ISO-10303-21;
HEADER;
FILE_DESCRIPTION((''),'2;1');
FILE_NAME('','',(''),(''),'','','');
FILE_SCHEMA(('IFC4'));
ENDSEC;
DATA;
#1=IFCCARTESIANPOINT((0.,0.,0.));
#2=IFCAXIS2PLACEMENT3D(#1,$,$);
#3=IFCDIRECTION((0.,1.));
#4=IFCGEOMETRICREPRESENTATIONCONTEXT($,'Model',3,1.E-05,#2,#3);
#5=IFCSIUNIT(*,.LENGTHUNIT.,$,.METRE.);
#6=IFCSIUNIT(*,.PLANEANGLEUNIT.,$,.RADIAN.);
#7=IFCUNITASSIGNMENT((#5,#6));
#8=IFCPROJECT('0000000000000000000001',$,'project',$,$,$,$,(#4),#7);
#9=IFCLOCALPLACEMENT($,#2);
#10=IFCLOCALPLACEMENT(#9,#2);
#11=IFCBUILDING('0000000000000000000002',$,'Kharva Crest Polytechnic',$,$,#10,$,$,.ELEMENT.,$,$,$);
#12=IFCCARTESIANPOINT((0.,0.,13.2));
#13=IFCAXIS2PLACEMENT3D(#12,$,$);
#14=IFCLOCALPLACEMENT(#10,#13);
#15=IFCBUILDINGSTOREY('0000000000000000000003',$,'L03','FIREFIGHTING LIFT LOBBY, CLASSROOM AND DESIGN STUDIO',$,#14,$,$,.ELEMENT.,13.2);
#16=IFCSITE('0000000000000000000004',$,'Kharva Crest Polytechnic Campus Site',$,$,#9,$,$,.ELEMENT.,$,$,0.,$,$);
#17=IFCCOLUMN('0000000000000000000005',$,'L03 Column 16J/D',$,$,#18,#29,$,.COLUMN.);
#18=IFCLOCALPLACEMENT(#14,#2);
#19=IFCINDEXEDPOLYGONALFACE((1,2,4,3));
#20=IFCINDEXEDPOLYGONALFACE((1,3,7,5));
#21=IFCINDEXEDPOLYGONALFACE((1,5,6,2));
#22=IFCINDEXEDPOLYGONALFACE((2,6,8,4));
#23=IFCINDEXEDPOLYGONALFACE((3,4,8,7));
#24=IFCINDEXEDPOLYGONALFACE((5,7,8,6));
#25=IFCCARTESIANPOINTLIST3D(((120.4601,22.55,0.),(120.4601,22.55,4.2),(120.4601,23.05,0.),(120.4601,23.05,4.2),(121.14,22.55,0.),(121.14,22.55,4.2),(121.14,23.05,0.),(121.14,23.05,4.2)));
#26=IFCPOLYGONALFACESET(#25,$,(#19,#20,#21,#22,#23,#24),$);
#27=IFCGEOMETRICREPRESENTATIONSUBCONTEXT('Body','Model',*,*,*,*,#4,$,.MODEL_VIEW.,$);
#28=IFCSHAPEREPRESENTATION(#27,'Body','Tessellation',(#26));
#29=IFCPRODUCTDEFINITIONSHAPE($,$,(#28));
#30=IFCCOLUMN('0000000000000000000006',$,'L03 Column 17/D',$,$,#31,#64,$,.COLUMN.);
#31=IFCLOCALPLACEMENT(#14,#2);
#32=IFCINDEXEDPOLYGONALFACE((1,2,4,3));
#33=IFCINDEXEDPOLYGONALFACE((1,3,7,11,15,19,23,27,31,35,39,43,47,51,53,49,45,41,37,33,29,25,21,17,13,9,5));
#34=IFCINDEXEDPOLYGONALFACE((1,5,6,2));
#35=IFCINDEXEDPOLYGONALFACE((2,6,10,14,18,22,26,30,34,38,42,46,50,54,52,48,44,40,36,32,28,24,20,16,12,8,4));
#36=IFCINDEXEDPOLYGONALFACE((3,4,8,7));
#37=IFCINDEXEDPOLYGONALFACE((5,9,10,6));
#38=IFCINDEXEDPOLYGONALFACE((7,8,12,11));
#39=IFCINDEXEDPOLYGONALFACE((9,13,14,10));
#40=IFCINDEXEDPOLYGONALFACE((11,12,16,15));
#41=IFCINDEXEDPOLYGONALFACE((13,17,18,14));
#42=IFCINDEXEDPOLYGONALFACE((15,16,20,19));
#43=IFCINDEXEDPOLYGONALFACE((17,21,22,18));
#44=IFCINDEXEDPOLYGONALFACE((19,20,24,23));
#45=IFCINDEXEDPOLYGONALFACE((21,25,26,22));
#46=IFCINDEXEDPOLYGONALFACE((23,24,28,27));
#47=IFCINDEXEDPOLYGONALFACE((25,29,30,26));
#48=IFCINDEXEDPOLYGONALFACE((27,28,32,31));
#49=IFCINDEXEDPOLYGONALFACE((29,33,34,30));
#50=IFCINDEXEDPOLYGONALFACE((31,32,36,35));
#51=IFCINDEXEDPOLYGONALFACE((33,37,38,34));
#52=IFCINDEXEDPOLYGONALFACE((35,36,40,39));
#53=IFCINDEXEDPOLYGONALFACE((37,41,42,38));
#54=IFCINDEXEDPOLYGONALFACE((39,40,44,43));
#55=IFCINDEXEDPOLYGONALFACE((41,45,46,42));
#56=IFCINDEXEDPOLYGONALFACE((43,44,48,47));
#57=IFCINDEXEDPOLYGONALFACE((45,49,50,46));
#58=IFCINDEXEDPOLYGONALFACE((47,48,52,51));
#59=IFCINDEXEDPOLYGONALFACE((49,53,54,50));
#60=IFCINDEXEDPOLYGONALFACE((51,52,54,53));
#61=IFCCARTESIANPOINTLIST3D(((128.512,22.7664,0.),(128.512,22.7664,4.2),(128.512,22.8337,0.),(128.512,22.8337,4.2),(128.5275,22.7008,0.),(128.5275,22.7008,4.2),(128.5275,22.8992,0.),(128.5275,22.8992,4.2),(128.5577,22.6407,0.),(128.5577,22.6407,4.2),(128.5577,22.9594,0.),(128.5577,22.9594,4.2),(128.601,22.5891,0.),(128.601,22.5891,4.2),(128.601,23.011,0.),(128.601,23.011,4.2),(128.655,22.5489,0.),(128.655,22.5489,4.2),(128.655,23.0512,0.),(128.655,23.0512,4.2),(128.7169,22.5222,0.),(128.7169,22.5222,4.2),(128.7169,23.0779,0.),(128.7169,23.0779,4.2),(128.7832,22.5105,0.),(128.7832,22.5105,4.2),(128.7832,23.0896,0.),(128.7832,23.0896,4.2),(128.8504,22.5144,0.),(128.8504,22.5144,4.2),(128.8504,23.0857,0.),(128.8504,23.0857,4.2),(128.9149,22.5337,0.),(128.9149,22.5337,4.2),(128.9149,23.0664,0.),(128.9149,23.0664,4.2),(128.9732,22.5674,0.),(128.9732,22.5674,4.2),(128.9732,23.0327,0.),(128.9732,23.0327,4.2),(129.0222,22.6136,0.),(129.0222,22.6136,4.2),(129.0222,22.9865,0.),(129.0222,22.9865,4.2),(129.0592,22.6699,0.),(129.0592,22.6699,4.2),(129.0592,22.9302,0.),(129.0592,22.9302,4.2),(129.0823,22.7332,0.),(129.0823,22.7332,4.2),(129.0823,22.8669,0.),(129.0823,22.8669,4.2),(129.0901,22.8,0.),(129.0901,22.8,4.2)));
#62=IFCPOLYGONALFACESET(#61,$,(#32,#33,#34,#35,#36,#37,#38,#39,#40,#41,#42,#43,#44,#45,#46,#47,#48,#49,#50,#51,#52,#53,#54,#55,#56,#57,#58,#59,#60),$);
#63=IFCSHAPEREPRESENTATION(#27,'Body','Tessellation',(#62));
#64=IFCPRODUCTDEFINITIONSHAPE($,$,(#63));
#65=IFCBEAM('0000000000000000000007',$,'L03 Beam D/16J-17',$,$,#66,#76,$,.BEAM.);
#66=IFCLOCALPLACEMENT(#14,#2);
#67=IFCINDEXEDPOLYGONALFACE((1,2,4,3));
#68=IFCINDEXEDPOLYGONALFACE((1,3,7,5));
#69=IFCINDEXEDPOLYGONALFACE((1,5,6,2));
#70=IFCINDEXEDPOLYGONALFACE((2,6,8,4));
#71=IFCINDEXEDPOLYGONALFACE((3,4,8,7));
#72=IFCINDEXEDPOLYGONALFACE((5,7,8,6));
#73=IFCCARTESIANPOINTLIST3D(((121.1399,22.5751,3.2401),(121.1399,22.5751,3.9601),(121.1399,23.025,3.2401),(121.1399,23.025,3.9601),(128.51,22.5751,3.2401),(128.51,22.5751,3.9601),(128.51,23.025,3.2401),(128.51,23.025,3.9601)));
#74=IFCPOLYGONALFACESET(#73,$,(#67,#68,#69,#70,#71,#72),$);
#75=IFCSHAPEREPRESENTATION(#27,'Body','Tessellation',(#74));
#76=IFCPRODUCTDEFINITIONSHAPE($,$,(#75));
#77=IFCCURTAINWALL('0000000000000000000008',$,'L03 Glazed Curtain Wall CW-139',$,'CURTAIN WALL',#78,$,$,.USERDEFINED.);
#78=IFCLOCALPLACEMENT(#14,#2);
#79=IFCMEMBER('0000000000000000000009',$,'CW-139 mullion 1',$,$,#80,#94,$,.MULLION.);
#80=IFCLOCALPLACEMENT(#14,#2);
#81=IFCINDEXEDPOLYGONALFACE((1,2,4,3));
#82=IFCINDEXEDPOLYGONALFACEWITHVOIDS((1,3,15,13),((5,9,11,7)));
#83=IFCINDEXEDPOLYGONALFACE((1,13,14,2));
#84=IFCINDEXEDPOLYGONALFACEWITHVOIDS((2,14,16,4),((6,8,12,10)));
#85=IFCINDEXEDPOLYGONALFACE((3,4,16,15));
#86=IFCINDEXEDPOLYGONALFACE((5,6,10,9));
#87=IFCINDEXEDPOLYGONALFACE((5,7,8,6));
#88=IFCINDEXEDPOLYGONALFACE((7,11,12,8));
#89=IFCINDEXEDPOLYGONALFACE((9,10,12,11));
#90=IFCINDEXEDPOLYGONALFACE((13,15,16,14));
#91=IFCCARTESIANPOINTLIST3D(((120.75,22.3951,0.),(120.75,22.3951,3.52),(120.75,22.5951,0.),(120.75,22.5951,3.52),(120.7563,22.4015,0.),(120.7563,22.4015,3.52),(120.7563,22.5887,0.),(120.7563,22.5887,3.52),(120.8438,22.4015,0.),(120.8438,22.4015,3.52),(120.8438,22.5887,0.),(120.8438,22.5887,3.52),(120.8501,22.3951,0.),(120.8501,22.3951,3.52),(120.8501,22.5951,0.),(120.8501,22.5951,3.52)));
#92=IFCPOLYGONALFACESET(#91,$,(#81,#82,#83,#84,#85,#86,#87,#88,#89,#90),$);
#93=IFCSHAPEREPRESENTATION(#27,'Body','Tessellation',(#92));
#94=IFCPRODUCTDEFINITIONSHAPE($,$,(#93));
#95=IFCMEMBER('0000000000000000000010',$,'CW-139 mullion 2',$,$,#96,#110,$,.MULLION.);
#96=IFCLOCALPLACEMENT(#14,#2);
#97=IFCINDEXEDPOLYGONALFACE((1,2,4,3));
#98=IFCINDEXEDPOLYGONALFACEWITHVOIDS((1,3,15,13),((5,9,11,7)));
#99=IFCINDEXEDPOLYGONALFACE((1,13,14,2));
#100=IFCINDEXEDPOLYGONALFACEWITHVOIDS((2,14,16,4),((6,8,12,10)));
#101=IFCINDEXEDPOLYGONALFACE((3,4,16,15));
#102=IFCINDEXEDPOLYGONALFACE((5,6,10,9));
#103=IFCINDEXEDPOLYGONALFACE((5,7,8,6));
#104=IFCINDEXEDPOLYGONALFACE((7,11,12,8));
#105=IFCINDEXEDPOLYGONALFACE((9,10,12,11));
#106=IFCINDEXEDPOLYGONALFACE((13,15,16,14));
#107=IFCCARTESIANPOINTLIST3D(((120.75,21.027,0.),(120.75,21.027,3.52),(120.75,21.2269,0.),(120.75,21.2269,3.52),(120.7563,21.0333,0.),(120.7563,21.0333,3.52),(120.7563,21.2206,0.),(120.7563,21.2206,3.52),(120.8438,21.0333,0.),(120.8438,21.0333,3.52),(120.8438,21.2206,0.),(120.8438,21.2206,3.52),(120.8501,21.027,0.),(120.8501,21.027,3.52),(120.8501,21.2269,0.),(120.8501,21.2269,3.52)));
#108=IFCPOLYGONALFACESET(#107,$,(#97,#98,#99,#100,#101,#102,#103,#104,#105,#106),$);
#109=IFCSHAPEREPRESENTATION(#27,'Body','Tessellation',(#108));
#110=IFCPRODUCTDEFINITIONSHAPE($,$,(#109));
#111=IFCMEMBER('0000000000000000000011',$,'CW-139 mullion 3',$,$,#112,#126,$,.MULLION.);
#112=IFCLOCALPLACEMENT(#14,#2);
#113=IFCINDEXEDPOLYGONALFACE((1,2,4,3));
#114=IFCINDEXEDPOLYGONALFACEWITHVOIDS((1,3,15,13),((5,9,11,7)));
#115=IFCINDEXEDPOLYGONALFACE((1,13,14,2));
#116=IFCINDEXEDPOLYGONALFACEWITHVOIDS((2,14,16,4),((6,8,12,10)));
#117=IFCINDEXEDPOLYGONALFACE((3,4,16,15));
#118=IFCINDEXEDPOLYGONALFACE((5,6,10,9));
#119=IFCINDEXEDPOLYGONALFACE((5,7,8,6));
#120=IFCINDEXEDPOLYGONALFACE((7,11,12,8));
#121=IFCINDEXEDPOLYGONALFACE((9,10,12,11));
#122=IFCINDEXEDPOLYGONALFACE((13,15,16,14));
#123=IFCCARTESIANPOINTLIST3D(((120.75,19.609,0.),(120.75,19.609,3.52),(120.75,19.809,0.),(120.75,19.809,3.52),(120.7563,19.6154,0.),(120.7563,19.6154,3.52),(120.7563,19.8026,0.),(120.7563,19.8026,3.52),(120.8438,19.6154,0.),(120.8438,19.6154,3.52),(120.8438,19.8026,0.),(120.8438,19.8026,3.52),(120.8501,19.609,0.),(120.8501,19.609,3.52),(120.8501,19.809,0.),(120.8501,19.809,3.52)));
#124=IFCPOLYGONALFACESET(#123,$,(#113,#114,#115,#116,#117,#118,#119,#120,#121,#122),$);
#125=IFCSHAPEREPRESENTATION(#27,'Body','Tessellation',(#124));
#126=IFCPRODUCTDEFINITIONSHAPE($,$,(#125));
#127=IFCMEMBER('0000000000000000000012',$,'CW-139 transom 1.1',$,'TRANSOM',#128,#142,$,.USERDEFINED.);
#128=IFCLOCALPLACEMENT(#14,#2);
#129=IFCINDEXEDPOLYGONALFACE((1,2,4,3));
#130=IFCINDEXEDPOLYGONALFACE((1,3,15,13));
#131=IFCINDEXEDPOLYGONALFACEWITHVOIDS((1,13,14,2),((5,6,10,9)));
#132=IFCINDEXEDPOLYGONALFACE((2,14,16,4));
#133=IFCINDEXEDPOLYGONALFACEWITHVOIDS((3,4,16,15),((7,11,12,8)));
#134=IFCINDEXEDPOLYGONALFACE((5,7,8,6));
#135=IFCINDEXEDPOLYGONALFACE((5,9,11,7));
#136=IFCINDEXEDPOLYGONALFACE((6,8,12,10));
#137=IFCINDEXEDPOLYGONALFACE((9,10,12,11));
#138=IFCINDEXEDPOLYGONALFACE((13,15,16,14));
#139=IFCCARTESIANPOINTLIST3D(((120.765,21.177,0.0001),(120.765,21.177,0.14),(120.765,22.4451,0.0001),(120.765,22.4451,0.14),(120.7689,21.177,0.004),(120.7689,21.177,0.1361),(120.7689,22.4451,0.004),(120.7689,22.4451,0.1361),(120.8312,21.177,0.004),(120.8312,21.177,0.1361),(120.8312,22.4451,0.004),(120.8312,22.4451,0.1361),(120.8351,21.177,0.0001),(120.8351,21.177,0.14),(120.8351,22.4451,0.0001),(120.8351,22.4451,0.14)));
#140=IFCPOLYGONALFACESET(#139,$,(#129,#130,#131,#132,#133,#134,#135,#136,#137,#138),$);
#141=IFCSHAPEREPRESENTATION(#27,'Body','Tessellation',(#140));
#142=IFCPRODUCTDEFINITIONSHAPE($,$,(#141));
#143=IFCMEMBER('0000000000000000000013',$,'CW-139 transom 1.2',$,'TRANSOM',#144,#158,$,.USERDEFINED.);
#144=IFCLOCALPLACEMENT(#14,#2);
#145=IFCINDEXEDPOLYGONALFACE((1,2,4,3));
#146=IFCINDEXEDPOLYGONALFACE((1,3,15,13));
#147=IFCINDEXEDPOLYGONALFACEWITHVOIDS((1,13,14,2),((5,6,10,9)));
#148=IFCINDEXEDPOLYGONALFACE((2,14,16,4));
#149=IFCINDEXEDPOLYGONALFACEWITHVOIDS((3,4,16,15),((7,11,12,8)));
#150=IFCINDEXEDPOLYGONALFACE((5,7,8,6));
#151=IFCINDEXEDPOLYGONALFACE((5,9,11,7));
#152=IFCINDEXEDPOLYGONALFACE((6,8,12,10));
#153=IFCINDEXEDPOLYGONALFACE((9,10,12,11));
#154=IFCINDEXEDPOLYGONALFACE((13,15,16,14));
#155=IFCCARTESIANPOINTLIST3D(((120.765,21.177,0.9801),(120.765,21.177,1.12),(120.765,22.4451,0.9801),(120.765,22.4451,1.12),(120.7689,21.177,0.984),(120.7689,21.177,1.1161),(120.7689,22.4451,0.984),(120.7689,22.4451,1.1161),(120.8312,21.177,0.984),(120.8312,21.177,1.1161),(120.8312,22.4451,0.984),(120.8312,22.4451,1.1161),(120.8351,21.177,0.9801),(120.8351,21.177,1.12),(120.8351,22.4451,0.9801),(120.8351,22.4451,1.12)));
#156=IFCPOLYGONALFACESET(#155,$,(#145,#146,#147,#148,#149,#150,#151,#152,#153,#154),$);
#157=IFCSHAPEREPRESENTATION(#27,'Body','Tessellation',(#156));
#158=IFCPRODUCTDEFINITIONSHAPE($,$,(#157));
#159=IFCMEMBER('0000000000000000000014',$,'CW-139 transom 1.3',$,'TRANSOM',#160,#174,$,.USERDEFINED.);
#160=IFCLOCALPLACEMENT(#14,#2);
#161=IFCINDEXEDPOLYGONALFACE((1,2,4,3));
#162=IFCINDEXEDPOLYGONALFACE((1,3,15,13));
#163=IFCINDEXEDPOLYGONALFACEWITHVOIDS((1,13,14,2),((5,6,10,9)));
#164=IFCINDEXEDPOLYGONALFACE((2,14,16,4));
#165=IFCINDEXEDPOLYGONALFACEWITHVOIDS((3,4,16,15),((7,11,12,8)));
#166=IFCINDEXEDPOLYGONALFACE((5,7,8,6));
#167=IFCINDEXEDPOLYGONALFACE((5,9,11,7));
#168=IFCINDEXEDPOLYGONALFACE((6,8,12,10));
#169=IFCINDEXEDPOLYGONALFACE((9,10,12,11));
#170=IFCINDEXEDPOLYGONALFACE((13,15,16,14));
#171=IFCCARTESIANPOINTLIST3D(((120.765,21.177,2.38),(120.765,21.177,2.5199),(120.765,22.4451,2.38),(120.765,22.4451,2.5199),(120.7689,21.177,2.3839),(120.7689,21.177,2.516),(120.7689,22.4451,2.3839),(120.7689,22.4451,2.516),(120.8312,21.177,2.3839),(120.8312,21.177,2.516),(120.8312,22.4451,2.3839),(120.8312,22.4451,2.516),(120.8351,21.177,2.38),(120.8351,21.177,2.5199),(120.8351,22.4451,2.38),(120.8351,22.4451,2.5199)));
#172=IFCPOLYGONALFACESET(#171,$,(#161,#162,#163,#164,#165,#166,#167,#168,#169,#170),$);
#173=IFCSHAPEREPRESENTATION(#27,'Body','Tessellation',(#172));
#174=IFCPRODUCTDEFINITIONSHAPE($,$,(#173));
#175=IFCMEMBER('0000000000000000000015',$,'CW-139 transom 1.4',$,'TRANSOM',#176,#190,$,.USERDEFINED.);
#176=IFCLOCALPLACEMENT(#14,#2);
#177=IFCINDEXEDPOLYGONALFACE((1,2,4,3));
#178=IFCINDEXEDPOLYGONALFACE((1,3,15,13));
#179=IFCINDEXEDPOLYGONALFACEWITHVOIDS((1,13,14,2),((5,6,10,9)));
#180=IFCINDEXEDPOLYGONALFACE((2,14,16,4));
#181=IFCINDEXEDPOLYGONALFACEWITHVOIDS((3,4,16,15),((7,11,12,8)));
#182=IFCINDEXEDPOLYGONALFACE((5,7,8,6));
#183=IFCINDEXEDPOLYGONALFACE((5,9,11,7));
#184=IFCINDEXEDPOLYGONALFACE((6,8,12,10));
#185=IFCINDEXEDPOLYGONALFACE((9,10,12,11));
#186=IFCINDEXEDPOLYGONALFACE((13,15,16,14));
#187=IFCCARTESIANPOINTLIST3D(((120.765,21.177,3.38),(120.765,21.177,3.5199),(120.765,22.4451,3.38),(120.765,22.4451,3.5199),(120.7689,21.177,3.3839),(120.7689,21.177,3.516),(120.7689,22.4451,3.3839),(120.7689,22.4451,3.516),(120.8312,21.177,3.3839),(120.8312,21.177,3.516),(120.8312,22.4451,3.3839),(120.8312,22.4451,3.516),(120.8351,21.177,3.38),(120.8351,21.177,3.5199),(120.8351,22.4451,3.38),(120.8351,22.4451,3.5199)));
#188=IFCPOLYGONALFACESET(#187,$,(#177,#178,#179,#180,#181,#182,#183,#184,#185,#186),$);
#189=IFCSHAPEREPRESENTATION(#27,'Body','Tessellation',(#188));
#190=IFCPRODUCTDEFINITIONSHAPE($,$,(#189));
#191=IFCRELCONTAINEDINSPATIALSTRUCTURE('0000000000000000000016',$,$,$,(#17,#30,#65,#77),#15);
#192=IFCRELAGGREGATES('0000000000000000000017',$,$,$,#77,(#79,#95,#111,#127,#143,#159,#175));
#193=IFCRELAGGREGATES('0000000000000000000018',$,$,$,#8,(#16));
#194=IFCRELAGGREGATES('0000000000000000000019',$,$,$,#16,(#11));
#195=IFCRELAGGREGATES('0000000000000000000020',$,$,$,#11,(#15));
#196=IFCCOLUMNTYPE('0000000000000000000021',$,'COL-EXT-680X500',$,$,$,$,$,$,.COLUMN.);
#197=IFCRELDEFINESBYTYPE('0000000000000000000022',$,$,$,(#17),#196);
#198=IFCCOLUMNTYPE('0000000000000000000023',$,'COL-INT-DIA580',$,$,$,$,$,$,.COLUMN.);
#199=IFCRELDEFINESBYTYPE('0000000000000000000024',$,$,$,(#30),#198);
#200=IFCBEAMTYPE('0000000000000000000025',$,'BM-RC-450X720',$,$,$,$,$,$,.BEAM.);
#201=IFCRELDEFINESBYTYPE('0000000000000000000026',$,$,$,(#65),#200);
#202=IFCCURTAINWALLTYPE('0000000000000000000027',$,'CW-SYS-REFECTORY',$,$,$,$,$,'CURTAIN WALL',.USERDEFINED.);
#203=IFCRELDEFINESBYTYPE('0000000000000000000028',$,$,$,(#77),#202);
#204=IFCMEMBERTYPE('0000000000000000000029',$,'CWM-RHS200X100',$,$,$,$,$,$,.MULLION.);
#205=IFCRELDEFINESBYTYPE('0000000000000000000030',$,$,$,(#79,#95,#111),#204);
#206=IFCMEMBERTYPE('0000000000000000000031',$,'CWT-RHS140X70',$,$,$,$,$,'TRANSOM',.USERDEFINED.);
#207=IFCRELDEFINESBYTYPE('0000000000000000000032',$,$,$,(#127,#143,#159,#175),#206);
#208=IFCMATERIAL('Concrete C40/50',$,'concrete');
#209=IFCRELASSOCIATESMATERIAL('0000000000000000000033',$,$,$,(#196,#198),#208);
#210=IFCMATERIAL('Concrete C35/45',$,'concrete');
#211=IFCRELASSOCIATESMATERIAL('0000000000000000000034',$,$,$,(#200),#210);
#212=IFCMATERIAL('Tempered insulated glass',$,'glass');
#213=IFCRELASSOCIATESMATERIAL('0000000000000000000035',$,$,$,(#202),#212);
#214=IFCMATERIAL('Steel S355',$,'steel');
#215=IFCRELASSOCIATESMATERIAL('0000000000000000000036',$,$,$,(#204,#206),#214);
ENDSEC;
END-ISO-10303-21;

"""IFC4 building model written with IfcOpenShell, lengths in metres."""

from ifc_helpers import new_model, si_unit, direction, frame, origin, origin_2d, place, context, subcontext, project, spatial, rectangle, hollow_rectangle, circle, extrude, material, material_profile, profile_set, type_object, element, aggregate, save


model = new_model("IFC4")

# Units and contexts
model_context = context("Model", 3, precision=1e-05, world=origin(), true_north=direction((0.0, 1.0)))
body_context = subcontext(model_context, "Body", "Model", "MODEL_VIEW")
ifc_project = project(units=[si_unit("LENGTHUNIT", "METRE"), si_unit("PLANEANGLEUNIT", "RADIAN")], contexts=[model_context])

# Site, building, storey
site_placement = place(None, origin())
site = spatial("IfcSite", under=ifc_project, at=site_placement, Name="Kharva Crest Polytechnic Campus Site", CompositionType="ELEMENT", RefElevation=0.0)
building_placement = place(site_placement, origin())
building = spatial("IfcBuilding", under=site, at=building_placement, Name="Kharva Crest Polytechnic", CompositionType="ELEMENT")
storey_placement = place(building_placement, frame((0.0, 0.0, 13.2)))
storey = spatial("IfcBuildingStorey", under=building, at=storey_placement, Name="L03", Description="FIREFIGHTING LIFT LOBBY, CLASSROOM AND DESIGN STUDIO", CompositionType="ELEMENT", Elevation=13.2)

# Columns
ifc_material_1 = material(Name="Concrete C40/50", Category="concrete")
ifc_material_profile_1 = material_profile(ifc_material_1, rectangle(XDim=0.6799, YDim=0.5, at=origin_2d()), Name="RECT 680 X 500")
ifc_profile_set_1 = profile_set([ifc_material_profile_1], Name="Concrete C40/50")
column_type_1 = type_object("IfcColumnType", Name="COL-EXT-680X500", PredefinedType="COLUMN", material=ifc_profile_set_1)
column_1_placement = place(storey_placement, frame((120.8, 22.8, 0.0), z_axis=(0.0, 0.0, 1.0), x_axis=(1.0, 0.0, 0.0)))
element("IfcColumn", 1, at=column_1_placement, inside=storey, type_object=column_type_1, Name="L03 Column 16J/D", PredefinedType="COLUMN", context=body_context, shape_type="SweptSolid", body=[
    extrude(rectangle(XDim=0.6799, YDim=0.5, at=origin_2d()), origin(), (0.0, 0.0, 1.0), 4.2),
])
ifc_material_profile_2 = material_profile(ifc_material_1, circle(Radius=0.29, at=origin_2d()), Name="DIA 580")
ifc_profile_set_2 = profile_set([ifc_material_profile_2], Name="Concrete C40/50")
column_type_2 = type_object("IfcColumnType", Name="COL-INT-DIA580", PredefinedType="COLUMN", material=ifc_profile_set_2)
column_2_placement = place(storey_placement, frame((128.8, 22.8, 0.0), z_axis=(0.0, 0.0, 1.0), x_axis=(1.0, 0.0, 0.0)))
element("IfcColumn", 2, at=column_2_placement, inside=storey, type_object=column_type_2, Name="L03 Column 17/D", PredefinedType="COLUMN", context=body_context, shape_type="SweptSolid", body=[
    extrude(circle(Radius=0.29, at=origin_2d()), origin(), (0.0, 0.0, 1.0), 4.2),
])

# Beam
ifc_material_2 = material(Name="Concrete C35/45", Category="concrete")
ifc_material_profile_3 = material_profile(ifc_material_2, rectangle(XDim=0.45, YDim=0.72, at=origin_2d()), Name="RECT 450 X 720")
ifc_profile_set_3 = profile_set([ifc_material_profile_3], Name="Concrete C35/45")
beam_type_1 = type_object("IfcBeamType", Name="BM-RC-450X720", PredefinedType="BEAM", material=ifc_profile_set_3)
beam_1_placement = place(storey_placement, frame((121.1399, 22.8, 3.6001), z_axis=(1.0, 0.0, 0.0), x_axis=(0.0, 1.0, 0.0)))
element("IfcBeam", 3, at=beam_1_placement, inside=storey, type_object=beam_type_1, Name="L03 Beam D/16J-17", PredefinedType="BEAM", context=body_context, shape_type="SweptSolid", body=[
    extrude(rectangle(XDim=0.45, YDim=0.72, at=origin_2d()), origin(), (0.0, 0.0, 1.0), 7.3701),
])

# Curtain wall, members
ifc_material_3 = material(Name="Tempered insulated glass", Category="glass")
curtain_wall_type = type_object("IfcCurtainWallType", Name="CW-SYS-REFECTORY", ElementType="CURTAIN WALL", PredefinedType="USERDEFINED", material=ifc_material_3)
curtain_wall_placement = place(storey_placement, origin())
curtain_wall = element("IfcCurtainWall", 4, at=curtain_wall_placement, inside=storey, type_object=curtain_wall_type, Name="L03 Glazed Curtain Wall CW-139", ObjectType="CURTAIN WALL", PredefinedType="USERDEFINED")
ifc_material_4 = material(Name="Steel S355", Category="steel")
ifc_material_profile_4 = material_profile(ifc_material_4, hollow_rectangle(XDim=0.1001, YDim=0.2, WallThickness=0.0063, at=origin_2d()), Name="RHS 200X100X6.3")
ifc_profile_set_4 = profile_set([ifc_material_profile_4], Name="Steel S355")
member_type_1 = type_object("IfcMemberType", Name="CWM-RHS200X100", PredefinedType="MULLION", material=ifc_profile_set_4)
member_1_placement = place(storey_placement, frame((120.8, 22.4951, 0.0), z_axis=(0.0, 0.0, 1.0), x_axis=(1.0, 0.0, 0.0)))
member_1 = element("IfcMember", 5, at=member_1_placement, type_object=member_type_1, Name="CW-139 mullion 1", PredefinedType="MULLION", context=body_context, shape_type="SweptSolid", body=[
    extrude(hollow_rectangle(XDim=0.1001, YDim=0.2, WallThickness=0.0063, at=origin_2d()), origin(), (0.0, 0.0, 1.0), 3.52),
])
member_2_placement = place(storey_placement, frame((120.8, 21.127, 0.0), z_axis=(0.0, 0.0, 1.0), x_axis=(1.0, 0.0, 0.0)))
member_2 = element("IfcMember", 6, at=member_2_placement, type_object=member_type_1, Name="CW-139 mullion 2", PredefinedType="MULLION", context=body_context, shape_type="SweptSolid", body=[
    extrude(hollow_rectangle(XDim=0.1001, YDim=0.2, WallThickness=0.0063, at=origin_2d()), origin(), (0.0, 0.0, 1.0), 3.52),
])
member_3_placement = place(storey_placement, frame((120.8, 19.709, 0.0), z_axis=(0.0, 0.0, 1.0), x_axis=(1.0, 0.0, 0.0)))
member_3 = element("IfcMember", 7, at=member_3_placement, type_object=member_type_1, Name="CW-139 mullion 3", PredefinedType="MULLION", context=body_context, shape_type="SweptSolid", body=[
    extrude(hollow_rectangle(XDim=0.1001, YDim=0.2, WallThickness=0.0063, at=origin_2d()), origin(), (0.0, 0.0, 1.0), 3.52),
])
ifc_material_profile_5 = material_profile(ifc_material_4, hollow_rectangle(XDim=0.0701, YDim=0.1399, WallThickness=0.0039, at=origin_2d()), Name="RHS 140X70X4.0")
ifc_profile_set_5 = profile_set([ifc_material_profile_5], Name="Steel S355")
member_type_2 = type_object("IfcMemberType", Name="CWT-RHS140X70", ElementType="TRANSOM", PredefinedType="USERDEFINED", material=ifc_profile_set_5)
member_4_placement = place(storey_placement, frame((120.8, 22.4451, 0.0701), z_axis=(0.0, -1.0, 0.0), x_axis=(1.0, 0.0, 0.0)))
member_4 = element("IfcMember", 8, at=member_4_placement, type_object=member_type_2, Name="CW-139 transom 1.1", ObjectType="TRANSOM", PredefinedType="USERDEFINED", context=body_context, shape_type="SweptSolid", body=[
    extrude(hollow_rectangle(XDim=0.0701, YDim=0.1399, WallThickness=0.0039, at=origin_2d()), origin(), (0.0, 0.0, 1.0), 1.2681),
])
member_5_placement = place(storey_placement, frame((120.8, 22.4451, 1.05), z_axis=(0.0, -1.0, 0.0), x_axis=(1.0, 0.0, 0.0)))
member_5 = element("IfcMember", 9, at=member_5_placement, type_object=member_type_2, Name="CW-139 transom 1.2", ObjectType="TRANSOM", PredefinedType="USERDEFINED", context=body_context, shape_type="SweptSolid", body=[
    extrude(hollow_rectangle(XDim=0.0701, YDim=0.1399, WallThickness=0.0039, at=origin_2d()), origin(), (0.0, 0.0, 1.0), 1.2681),
])
member_6_placement = place(storey_placement, frame((120.8, 22.4451, 2.45), z_axis=(0.0, -1.0, 0.0), x_axis=(1.0, 0.0, 0.0)))
member_6 = element("IfcMember", 10, at=member_6_placement, type_object=member_type_2, Name="CW-139 transom 1.3", ObjectType="TRANSOM", PredefinedType="USERDEFINED", context=body_context, shape_type="SweptSolid", body=[
    extrude(hollow_rectangle(XDim=0.0701, YDim=0.1399, WallThickness=0.0039, at=origin_2d()), origin(), (0.0, 0.0, 1.0), 1.2681),
])
member_7_placement = place(storey_placement, frame((120.8, 22.4451, 3.45), z_axis=(0.0, -1.0, 0.0), x_axis=(1.0, 0.0, 0.0)))
member_7 = element("IfcMember", 11, at=member_7_placement, type_object=member_type_2, Name="CW-139 transom 1.4", ObjectType="TRANSOM", PredefinedType="USERDEFINED", context=body_context, shape_type="SweptSolid", body=[
    extrude(hollow_rectangle(XDim=0.0701, YDim=0.1399, WallThickness=0.0039, at=origin_2d()), origin(), (0.0, 0.0, 1.0), 1.2681),
])

aggregate(curtain_wall, [member_1, member_2, member_3, member_4, member_5, member_6, member_7])

save(model, "model.ifc")
